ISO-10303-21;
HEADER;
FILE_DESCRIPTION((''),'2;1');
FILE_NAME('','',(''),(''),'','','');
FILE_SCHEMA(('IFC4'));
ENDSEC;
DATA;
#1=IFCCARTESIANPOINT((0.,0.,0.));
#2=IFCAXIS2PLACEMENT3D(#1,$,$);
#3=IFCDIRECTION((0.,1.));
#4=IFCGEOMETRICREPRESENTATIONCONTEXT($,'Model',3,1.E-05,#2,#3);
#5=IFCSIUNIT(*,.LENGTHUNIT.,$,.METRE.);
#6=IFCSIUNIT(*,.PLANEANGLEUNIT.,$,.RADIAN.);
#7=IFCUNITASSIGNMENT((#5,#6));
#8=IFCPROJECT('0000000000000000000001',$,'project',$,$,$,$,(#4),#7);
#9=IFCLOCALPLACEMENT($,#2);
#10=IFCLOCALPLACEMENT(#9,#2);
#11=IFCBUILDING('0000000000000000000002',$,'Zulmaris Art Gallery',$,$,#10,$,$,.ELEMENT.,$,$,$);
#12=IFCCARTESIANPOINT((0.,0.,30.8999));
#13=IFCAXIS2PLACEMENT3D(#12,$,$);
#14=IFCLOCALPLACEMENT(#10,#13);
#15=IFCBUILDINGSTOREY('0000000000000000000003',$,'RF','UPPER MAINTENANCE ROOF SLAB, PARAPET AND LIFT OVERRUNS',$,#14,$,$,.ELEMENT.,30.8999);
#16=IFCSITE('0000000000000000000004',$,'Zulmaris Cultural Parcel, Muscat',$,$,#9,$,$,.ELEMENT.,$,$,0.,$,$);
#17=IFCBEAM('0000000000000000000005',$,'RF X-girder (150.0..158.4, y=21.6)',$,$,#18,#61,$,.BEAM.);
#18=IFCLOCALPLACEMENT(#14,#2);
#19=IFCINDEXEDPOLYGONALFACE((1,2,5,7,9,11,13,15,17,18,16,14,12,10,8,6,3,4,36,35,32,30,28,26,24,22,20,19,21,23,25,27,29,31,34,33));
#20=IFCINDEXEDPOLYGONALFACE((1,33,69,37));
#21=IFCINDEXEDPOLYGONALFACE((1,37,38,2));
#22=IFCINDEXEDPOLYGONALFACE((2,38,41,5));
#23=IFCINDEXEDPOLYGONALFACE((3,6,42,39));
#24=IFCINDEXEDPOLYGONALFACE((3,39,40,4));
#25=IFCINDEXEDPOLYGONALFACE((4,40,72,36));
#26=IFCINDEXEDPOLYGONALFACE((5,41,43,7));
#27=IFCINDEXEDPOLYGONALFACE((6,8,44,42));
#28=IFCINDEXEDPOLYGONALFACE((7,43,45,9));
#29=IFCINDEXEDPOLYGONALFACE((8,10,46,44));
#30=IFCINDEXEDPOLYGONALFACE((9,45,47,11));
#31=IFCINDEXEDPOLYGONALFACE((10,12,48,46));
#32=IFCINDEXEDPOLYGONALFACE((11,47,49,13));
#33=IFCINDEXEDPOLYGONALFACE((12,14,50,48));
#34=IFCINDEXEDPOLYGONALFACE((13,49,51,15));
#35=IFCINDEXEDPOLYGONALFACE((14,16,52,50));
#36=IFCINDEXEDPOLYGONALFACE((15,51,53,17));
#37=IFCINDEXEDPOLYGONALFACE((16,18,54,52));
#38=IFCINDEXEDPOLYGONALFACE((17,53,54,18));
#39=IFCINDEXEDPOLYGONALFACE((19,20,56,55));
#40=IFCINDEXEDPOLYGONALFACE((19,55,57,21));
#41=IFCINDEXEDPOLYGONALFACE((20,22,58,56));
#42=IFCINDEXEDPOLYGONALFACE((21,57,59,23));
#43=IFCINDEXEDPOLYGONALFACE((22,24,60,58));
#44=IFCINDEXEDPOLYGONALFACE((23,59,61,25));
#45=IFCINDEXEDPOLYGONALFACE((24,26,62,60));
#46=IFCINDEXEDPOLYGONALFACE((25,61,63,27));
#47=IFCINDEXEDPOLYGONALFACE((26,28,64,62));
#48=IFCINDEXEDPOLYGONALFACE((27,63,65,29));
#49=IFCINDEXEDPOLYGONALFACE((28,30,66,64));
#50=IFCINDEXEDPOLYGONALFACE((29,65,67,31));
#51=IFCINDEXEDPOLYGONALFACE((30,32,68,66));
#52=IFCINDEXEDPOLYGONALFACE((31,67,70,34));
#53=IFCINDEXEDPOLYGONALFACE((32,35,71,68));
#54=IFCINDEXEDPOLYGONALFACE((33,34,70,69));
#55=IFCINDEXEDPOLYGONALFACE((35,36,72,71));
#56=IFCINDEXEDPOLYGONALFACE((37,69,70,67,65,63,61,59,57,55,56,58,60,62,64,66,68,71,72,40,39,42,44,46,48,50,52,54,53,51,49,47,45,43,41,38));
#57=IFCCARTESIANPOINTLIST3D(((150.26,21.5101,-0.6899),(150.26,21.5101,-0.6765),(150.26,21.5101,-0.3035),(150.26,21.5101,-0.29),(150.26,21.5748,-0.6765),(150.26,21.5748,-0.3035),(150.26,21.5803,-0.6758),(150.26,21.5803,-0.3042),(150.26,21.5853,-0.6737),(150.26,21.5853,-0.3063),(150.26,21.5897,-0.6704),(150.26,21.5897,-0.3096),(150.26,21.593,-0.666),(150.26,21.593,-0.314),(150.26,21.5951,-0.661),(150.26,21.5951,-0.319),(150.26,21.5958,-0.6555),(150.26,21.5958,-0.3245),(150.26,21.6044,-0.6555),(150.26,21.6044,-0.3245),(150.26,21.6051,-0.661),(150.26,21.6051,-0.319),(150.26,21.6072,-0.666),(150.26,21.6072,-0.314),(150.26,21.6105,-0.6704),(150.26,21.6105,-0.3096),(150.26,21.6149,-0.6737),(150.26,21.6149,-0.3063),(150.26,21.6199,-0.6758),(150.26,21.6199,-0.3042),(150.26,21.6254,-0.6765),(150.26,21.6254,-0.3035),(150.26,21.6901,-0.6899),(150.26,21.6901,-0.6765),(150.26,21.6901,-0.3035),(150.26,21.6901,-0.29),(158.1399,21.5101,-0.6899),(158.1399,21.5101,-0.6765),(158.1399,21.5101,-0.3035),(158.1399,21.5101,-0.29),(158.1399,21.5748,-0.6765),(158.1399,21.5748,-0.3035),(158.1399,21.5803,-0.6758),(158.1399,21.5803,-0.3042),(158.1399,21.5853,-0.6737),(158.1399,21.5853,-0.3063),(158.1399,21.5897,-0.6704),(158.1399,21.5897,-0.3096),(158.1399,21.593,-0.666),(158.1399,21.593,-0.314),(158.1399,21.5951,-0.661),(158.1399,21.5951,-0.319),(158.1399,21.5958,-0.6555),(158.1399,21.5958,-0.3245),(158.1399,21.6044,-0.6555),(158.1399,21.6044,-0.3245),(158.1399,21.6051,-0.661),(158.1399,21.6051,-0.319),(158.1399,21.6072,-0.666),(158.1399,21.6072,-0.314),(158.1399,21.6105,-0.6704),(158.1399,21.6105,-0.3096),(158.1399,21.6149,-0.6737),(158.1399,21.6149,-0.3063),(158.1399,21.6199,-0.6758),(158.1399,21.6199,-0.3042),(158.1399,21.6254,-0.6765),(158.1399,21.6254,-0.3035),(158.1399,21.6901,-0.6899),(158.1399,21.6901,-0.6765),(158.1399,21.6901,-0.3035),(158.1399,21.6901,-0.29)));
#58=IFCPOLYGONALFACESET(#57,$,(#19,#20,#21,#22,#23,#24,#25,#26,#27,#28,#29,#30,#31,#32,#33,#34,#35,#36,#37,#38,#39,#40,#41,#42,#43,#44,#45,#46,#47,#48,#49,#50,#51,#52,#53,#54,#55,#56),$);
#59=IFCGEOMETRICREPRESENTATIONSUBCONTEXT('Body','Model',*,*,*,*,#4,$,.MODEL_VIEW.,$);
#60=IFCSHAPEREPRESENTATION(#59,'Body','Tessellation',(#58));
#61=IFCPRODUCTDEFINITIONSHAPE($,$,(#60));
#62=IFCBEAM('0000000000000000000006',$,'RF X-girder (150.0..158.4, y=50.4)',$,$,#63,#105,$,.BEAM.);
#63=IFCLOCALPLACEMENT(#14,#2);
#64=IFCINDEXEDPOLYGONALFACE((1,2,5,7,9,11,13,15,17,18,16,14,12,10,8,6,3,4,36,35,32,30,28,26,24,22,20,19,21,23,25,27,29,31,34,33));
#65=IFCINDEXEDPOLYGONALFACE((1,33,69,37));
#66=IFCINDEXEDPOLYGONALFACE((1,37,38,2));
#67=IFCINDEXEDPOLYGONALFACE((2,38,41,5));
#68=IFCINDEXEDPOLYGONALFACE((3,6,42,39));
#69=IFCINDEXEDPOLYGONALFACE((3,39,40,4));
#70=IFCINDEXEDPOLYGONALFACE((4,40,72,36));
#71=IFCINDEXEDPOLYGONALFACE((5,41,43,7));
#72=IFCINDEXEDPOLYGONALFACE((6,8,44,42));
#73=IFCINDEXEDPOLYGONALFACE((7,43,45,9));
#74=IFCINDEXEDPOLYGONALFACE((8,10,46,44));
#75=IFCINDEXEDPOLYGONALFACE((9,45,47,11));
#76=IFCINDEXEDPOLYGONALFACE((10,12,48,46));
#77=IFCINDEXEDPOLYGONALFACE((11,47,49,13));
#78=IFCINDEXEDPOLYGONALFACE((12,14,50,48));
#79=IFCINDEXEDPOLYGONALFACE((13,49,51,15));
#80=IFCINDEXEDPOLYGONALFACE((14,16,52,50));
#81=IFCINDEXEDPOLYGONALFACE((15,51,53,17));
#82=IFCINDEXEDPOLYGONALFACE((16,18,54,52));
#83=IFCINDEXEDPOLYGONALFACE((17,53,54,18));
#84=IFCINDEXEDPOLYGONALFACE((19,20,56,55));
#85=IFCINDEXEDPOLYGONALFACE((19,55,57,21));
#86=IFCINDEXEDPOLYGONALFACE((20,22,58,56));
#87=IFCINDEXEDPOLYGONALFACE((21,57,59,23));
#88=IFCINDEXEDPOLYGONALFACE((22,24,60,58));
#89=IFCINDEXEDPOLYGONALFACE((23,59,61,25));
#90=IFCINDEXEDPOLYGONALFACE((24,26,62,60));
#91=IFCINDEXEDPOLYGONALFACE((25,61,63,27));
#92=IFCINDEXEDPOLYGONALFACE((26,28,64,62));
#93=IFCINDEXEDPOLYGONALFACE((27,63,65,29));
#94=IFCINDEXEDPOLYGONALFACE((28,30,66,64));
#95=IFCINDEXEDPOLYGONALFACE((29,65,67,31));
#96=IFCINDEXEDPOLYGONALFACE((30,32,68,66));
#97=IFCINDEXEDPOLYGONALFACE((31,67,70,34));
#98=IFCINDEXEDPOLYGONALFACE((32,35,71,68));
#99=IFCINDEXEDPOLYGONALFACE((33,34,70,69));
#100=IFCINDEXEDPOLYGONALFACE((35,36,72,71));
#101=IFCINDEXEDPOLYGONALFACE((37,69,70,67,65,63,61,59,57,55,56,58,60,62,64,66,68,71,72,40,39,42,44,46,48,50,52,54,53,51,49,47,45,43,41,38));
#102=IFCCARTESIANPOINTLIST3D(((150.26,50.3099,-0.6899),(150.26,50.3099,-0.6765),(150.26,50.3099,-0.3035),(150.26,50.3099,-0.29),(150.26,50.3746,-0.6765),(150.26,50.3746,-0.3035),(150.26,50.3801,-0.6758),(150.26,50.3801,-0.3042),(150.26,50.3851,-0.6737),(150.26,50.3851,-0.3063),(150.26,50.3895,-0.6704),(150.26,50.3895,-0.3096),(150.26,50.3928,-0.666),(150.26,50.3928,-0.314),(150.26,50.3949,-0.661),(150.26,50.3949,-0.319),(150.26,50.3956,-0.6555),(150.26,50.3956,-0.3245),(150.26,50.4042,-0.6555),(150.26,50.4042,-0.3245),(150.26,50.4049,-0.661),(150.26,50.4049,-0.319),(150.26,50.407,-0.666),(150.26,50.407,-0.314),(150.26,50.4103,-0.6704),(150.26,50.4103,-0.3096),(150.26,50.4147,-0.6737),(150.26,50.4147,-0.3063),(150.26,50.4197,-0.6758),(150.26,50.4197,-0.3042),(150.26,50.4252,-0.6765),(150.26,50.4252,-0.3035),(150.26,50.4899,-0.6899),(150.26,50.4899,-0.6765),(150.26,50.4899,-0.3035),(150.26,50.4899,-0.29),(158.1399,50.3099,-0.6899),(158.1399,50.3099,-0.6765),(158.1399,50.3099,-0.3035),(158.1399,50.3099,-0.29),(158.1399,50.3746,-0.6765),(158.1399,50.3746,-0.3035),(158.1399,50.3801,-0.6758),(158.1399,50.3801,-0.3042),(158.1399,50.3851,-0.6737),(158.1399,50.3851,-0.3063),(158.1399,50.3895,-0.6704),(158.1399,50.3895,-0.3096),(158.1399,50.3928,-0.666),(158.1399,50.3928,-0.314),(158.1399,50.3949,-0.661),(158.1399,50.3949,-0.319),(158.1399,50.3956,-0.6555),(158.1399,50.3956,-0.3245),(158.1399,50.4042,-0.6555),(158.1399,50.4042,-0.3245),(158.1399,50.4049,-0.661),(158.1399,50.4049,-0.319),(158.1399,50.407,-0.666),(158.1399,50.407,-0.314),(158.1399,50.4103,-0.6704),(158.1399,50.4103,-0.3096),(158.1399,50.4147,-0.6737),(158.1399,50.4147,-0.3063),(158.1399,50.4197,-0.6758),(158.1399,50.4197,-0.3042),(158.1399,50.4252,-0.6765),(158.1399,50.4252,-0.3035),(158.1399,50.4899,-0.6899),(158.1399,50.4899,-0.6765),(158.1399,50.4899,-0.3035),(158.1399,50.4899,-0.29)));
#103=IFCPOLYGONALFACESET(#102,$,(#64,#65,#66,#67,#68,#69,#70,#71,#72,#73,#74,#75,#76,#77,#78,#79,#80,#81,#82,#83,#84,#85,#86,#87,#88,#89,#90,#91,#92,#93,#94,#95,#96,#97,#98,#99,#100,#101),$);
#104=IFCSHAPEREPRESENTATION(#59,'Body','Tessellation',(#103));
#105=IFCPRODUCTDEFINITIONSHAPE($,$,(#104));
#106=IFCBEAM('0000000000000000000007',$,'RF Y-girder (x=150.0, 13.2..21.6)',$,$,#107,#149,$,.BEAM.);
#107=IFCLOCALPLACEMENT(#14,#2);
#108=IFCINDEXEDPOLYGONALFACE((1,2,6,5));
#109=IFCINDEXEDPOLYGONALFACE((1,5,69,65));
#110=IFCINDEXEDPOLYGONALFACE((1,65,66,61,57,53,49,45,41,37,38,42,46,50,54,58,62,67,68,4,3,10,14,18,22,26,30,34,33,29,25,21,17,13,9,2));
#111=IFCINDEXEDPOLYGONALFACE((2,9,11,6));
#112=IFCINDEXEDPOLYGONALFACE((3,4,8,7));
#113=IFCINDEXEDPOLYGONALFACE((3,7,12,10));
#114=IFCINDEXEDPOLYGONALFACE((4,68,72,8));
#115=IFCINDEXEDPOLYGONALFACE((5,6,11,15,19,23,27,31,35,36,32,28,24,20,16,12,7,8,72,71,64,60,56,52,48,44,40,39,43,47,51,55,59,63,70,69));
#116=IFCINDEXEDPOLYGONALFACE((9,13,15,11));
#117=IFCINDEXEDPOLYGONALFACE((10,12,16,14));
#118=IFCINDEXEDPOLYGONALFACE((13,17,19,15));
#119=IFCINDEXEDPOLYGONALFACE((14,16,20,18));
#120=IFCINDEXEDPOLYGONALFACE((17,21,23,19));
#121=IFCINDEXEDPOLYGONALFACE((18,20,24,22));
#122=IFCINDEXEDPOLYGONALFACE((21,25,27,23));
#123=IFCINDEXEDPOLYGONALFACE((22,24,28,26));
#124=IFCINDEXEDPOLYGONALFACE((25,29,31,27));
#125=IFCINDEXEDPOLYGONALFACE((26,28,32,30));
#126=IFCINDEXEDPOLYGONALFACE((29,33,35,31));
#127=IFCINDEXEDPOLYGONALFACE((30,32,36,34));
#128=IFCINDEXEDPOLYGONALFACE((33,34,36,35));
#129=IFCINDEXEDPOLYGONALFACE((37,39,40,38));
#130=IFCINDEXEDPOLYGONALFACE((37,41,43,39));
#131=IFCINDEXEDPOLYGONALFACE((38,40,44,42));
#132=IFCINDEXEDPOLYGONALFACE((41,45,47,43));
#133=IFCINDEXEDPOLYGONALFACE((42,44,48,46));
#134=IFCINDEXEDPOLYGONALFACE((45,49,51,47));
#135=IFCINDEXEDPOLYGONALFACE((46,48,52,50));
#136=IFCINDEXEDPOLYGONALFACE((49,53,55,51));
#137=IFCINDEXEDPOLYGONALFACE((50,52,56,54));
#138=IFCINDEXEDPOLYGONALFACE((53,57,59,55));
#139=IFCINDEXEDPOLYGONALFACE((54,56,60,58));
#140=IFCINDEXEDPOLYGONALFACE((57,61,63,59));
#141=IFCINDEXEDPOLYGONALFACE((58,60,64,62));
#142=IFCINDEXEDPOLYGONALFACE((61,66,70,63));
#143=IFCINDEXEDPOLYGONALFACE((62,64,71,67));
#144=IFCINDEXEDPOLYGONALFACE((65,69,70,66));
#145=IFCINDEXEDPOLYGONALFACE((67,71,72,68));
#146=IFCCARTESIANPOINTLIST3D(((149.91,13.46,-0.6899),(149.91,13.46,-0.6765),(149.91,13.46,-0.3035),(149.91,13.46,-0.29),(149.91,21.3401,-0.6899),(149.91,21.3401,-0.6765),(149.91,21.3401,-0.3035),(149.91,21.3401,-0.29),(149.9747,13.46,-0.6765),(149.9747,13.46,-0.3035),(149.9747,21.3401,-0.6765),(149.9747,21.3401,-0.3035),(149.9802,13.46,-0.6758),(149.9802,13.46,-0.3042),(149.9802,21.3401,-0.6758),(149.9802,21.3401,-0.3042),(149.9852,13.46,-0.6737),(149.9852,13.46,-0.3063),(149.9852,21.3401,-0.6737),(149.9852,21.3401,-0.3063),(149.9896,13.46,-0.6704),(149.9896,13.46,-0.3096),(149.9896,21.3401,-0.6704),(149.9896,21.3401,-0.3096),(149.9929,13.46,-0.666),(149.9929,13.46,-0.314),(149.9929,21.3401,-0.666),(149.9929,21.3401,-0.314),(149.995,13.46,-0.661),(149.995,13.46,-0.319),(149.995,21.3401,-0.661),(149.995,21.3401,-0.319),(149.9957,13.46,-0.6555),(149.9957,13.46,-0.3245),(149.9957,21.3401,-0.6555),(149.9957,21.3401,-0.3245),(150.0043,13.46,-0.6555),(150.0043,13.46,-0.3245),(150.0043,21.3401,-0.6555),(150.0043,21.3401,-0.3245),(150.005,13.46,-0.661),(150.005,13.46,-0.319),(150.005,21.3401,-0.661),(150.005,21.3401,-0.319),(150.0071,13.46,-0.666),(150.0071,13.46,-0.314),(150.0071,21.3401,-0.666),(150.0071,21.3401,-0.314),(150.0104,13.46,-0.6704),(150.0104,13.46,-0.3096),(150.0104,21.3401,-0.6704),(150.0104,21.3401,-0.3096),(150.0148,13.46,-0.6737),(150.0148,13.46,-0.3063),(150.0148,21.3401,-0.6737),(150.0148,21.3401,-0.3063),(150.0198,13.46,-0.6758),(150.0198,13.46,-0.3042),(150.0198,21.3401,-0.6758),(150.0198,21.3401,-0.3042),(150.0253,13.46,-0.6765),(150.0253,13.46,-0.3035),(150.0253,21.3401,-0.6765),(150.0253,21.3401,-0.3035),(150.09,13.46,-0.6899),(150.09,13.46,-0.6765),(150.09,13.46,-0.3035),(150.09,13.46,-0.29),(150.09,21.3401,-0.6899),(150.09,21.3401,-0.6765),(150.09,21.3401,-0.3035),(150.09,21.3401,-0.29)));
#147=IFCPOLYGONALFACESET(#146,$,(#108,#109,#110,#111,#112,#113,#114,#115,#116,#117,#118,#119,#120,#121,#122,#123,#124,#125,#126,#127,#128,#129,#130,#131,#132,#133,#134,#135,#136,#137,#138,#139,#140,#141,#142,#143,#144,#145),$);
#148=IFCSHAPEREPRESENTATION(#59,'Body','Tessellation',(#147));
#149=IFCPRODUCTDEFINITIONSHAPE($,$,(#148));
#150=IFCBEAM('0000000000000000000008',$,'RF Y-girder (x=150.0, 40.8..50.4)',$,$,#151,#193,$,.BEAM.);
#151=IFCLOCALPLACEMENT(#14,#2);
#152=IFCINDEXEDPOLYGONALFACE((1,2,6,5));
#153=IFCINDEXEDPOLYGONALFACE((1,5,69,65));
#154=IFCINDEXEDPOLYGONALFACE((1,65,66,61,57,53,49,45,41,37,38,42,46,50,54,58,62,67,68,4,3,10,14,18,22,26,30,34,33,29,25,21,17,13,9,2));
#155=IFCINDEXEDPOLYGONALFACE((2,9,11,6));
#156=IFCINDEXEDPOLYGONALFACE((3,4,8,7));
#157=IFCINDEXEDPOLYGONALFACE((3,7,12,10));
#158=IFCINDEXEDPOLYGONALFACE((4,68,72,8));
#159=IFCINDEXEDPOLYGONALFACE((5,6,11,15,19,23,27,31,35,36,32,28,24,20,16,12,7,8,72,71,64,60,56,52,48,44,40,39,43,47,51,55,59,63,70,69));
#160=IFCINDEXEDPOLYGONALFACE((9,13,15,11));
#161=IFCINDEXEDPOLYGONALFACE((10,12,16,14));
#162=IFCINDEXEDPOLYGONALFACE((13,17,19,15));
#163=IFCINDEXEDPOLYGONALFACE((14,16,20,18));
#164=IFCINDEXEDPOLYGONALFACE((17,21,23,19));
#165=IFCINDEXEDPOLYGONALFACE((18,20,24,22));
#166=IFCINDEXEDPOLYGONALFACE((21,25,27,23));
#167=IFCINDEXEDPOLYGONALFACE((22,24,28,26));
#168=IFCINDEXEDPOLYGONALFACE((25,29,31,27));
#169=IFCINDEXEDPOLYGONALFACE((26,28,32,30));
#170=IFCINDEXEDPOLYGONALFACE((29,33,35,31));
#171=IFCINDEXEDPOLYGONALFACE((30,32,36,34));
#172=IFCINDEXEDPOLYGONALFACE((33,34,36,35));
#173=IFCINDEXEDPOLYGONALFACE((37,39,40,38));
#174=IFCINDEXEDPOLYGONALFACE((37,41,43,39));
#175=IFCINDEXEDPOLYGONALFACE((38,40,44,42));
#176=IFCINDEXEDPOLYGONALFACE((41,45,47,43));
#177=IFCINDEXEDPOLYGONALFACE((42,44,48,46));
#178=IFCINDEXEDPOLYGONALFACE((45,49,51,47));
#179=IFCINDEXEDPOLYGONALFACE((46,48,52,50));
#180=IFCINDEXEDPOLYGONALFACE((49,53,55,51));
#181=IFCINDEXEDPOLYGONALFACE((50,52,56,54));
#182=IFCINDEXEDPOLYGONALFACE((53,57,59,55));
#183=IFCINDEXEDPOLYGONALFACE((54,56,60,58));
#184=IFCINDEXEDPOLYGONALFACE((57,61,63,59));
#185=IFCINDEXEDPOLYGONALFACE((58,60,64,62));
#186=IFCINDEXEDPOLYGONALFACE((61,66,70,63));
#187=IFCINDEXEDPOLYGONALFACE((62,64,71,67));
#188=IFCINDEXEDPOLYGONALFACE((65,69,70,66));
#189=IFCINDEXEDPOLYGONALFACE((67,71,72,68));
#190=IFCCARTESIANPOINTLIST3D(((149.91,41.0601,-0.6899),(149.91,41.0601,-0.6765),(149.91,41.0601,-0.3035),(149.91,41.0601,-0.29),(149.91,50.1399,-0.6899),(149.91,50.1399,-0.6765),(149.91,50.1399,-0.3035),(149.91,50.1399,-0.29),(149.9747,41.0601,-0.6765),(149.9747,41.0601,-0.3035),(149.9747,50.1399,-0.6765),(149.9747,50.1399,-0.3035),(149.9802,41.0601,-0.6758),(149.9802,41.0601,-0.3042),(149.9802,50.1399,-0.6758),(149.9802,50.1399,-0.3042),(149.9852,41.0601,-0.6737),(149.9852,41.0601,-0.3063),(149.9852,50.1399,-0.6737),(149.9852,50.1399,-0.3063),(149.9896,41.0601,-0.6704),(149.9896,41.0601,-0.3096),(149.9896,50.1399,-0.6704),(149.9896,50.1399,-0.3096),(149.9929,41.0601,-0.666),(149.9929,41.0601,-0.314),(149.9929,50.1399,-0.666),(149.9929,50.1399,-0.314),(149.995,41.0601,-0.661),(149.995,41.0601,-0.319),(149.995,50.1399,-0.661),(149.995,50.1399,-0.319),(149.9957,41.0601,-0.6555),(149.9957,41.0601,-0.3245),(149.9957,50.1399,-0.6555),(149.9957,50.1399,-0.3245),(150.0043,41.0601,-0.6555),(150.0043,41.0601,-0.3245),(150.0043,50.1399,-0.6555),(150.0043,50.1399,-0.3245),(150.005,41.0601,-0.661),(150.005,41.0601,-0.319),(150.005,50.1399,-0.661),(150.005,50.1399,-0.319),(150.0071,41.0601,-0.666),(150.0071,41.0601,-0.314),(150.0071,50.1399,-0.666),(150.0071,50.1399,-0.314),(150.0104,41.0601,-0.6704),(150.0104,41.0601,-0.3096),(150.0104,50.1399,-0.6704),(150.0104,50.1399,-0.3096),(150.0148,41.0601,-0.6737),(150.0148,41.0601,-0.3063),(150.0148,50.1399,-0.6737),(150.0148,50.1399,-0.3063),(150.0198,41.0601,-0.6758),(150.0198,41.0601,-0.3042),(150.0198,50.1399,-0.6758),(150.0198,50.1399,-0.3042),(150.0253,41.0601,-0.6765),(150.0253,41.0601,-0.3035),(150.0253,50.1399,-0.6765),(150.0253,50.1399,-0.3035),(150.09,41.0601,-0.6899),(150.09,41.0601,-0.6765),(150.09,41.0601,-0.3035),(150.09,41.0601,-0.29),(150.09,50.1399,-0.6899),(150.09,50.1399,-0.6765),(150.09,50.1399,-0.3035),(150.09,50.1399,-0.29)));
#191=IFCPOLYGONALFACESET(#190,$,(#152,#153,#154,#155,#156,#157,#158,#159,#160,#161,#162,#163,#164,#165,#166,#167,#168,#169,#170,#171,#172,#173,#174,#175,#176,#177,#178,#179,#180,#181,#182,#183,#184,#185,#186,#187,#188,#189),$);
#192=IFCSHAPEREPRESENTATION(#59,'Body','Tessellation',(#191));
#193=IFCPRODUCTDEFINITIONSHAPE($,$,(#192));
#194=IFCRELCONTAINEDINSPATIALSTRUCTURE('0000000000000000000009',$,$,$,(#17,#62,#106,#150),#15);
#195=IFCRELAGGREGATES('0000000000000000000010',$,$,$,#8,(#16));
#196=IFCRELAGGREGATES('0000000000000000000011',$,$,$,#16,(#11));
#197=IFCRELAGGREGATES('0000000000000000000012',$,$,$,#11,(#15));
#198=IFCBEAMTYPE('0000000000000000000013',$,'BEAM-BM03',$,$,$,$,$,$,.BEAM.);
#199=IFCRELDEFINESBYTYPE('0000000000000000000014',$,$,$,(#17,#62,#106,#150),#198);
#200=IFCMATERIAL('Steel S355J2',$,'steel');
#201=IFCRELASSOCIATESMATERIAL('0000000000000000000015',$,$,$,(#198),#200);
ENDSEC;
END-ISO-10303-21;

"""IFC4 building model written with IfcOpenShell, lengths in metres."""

from ifc_helpers import new_model, si_unit, direction, frame, origin, origin_2d, place, context, subcontext, project, spatial, i_section, extrude, material, material_profile, profile_set, type_object, element, save


model = new_model("IFC4")

# Units and contexts
model_context = context("Model", 3, precision=1e-05, world=origin(), true_north=direction((0.0, 1.0)))
body_context = subcontext(model_context, "Body", "Model", "MODEL_VIEW")
ifc_project = project(units=[si_unit("LENGTHUNIT", "METRE"), si_unit("PLANEANGLEUNIT", "RADIAN")], contexts=[model_context])

# Site, building, storey
site_placement = place(None, origin())
site = spatial("IfcSite", under=ifc_project, at=site_placement, Name="Zulmaris Cultural Parcel, Muscat", CompositionType="ELEMENT", RefElevation=0.0)
building_placement = place(site_placement, origin())
building = spatial("IfcBuilding", under=site, at=building_placement, Name="Zulmaris Art Gallery", CompositionType="ELEMENT")
storey_placement = place(building_placement, frame((0.0, 0.0, 30.8999)))
storey = spatial("IfcBuildingStorey", under=building, at=storey_placement, Name="RF", Description="UPPER MAINTENANCE ROOF SLAB, PARAPET AND LIFT OVERRUNS", CompositionType="ELEMENT", Elevation=30.8999)

# Beams
ifc_material_1 = material(Name="Steel S355J2", Category="steel")
ifc_material_profile_1 = material_profile(ifc_material_1, i_section(OverallWidth=0.1799, OverallDepth=0.3999, WebThickness=0.0085, FlangeThickness=0.0134, FilletRadius=0.021, at=origin_2d()), Name="IPE 400")
ifc_profile_set_1 = profile_set([ifc_material_profile_1], Name="Steel S355J2")
beam_type_1 = type_object("IfcBeamType", Name="BEAM-BM03", PredefinedType="BEAM", material=ifc_profile_set_1)
for number, where, z_axis, x_axis, name in (
    (1, (150.26, 21.6001, -0.49), (1.0, 0.0, 0.0), (0.0, 1.0, 0.0), "RF X-girder (150.0..158.4, y=21.6)"),
    (2, (150.26, 50.3999, -0.49), (1.0, 0.0, 0.0), (0.0, 1.0, 0.0), "RF X-girder (150.0..158.4, y=50.4)"),
):
    element("IfcBeam", number, at=place(storey_placement, frame(where, z_axis=z_axis, x_axis=x_axis)), inside=storey, type_object=beam_type_1, Name=name, PredefinedType="BEAM", context=body_context, shape_type="SweptSolid", body=[
        extrude(i_section(OverallWidth=0.1799, OverallDepth=0.3999, WebThickness=0.0085, FlangeThickness=0.0134, FilletRadius=0.021, at=origin_2d()), origin(), (0.0, 0.0, 1.0), 7.8799),
    ])
beam_1_placement = place(storey_placement, frame((150.0, 13.46, -0.49), z_axis=(0.0, 1.0, 0.0), x_axis=(-1.0, 0.0, 0.0)))
element("IfcBeam", 3, at=beam_1_placement, inside=storey, type_object=beam_type_1, Name="RF Y-girder (x=150.0, 13.2..21.6)", PredefinedType="BEAM", context=body_context, shape_type="SweptSolid", body=[
    extrude(i_section(OverallWidth=0.1799, OverallDepth=0.3999, WebThickness=0.0085, FlangeThickness=0.0134, FilletRadius=0.021, at=origin_2d()), origin(), (0.0, 0.0, 1.0), 7.8801),
])
beam_2_placement = place(storey_placement, frame((150.0, 41.0601, -0.49), z_axis=(0.0, 1.0, 0.0), x_axis=(-1.0, 0.0, 0.0)))
element("IfcBeam", 4, at=beam_2_placement, inside=storey, type_object=beam_type_1, Name="RF Y-girder (x=150.0, 40.8..50.4)", PredefinedType="BEAM", context=body_context, shape_type="SweptSolid", body=[
    extrude(i_section(OverallWidth=0.1799, OverallDepth=0.3999, WebThickness=0.0085, FlangeThickness=0.0134, FilletRadius=0.021, at=origin_2d()), origin(), (0.0, 0.0, 1.0), 9.0798),
])

save(model, "model.ifc")
